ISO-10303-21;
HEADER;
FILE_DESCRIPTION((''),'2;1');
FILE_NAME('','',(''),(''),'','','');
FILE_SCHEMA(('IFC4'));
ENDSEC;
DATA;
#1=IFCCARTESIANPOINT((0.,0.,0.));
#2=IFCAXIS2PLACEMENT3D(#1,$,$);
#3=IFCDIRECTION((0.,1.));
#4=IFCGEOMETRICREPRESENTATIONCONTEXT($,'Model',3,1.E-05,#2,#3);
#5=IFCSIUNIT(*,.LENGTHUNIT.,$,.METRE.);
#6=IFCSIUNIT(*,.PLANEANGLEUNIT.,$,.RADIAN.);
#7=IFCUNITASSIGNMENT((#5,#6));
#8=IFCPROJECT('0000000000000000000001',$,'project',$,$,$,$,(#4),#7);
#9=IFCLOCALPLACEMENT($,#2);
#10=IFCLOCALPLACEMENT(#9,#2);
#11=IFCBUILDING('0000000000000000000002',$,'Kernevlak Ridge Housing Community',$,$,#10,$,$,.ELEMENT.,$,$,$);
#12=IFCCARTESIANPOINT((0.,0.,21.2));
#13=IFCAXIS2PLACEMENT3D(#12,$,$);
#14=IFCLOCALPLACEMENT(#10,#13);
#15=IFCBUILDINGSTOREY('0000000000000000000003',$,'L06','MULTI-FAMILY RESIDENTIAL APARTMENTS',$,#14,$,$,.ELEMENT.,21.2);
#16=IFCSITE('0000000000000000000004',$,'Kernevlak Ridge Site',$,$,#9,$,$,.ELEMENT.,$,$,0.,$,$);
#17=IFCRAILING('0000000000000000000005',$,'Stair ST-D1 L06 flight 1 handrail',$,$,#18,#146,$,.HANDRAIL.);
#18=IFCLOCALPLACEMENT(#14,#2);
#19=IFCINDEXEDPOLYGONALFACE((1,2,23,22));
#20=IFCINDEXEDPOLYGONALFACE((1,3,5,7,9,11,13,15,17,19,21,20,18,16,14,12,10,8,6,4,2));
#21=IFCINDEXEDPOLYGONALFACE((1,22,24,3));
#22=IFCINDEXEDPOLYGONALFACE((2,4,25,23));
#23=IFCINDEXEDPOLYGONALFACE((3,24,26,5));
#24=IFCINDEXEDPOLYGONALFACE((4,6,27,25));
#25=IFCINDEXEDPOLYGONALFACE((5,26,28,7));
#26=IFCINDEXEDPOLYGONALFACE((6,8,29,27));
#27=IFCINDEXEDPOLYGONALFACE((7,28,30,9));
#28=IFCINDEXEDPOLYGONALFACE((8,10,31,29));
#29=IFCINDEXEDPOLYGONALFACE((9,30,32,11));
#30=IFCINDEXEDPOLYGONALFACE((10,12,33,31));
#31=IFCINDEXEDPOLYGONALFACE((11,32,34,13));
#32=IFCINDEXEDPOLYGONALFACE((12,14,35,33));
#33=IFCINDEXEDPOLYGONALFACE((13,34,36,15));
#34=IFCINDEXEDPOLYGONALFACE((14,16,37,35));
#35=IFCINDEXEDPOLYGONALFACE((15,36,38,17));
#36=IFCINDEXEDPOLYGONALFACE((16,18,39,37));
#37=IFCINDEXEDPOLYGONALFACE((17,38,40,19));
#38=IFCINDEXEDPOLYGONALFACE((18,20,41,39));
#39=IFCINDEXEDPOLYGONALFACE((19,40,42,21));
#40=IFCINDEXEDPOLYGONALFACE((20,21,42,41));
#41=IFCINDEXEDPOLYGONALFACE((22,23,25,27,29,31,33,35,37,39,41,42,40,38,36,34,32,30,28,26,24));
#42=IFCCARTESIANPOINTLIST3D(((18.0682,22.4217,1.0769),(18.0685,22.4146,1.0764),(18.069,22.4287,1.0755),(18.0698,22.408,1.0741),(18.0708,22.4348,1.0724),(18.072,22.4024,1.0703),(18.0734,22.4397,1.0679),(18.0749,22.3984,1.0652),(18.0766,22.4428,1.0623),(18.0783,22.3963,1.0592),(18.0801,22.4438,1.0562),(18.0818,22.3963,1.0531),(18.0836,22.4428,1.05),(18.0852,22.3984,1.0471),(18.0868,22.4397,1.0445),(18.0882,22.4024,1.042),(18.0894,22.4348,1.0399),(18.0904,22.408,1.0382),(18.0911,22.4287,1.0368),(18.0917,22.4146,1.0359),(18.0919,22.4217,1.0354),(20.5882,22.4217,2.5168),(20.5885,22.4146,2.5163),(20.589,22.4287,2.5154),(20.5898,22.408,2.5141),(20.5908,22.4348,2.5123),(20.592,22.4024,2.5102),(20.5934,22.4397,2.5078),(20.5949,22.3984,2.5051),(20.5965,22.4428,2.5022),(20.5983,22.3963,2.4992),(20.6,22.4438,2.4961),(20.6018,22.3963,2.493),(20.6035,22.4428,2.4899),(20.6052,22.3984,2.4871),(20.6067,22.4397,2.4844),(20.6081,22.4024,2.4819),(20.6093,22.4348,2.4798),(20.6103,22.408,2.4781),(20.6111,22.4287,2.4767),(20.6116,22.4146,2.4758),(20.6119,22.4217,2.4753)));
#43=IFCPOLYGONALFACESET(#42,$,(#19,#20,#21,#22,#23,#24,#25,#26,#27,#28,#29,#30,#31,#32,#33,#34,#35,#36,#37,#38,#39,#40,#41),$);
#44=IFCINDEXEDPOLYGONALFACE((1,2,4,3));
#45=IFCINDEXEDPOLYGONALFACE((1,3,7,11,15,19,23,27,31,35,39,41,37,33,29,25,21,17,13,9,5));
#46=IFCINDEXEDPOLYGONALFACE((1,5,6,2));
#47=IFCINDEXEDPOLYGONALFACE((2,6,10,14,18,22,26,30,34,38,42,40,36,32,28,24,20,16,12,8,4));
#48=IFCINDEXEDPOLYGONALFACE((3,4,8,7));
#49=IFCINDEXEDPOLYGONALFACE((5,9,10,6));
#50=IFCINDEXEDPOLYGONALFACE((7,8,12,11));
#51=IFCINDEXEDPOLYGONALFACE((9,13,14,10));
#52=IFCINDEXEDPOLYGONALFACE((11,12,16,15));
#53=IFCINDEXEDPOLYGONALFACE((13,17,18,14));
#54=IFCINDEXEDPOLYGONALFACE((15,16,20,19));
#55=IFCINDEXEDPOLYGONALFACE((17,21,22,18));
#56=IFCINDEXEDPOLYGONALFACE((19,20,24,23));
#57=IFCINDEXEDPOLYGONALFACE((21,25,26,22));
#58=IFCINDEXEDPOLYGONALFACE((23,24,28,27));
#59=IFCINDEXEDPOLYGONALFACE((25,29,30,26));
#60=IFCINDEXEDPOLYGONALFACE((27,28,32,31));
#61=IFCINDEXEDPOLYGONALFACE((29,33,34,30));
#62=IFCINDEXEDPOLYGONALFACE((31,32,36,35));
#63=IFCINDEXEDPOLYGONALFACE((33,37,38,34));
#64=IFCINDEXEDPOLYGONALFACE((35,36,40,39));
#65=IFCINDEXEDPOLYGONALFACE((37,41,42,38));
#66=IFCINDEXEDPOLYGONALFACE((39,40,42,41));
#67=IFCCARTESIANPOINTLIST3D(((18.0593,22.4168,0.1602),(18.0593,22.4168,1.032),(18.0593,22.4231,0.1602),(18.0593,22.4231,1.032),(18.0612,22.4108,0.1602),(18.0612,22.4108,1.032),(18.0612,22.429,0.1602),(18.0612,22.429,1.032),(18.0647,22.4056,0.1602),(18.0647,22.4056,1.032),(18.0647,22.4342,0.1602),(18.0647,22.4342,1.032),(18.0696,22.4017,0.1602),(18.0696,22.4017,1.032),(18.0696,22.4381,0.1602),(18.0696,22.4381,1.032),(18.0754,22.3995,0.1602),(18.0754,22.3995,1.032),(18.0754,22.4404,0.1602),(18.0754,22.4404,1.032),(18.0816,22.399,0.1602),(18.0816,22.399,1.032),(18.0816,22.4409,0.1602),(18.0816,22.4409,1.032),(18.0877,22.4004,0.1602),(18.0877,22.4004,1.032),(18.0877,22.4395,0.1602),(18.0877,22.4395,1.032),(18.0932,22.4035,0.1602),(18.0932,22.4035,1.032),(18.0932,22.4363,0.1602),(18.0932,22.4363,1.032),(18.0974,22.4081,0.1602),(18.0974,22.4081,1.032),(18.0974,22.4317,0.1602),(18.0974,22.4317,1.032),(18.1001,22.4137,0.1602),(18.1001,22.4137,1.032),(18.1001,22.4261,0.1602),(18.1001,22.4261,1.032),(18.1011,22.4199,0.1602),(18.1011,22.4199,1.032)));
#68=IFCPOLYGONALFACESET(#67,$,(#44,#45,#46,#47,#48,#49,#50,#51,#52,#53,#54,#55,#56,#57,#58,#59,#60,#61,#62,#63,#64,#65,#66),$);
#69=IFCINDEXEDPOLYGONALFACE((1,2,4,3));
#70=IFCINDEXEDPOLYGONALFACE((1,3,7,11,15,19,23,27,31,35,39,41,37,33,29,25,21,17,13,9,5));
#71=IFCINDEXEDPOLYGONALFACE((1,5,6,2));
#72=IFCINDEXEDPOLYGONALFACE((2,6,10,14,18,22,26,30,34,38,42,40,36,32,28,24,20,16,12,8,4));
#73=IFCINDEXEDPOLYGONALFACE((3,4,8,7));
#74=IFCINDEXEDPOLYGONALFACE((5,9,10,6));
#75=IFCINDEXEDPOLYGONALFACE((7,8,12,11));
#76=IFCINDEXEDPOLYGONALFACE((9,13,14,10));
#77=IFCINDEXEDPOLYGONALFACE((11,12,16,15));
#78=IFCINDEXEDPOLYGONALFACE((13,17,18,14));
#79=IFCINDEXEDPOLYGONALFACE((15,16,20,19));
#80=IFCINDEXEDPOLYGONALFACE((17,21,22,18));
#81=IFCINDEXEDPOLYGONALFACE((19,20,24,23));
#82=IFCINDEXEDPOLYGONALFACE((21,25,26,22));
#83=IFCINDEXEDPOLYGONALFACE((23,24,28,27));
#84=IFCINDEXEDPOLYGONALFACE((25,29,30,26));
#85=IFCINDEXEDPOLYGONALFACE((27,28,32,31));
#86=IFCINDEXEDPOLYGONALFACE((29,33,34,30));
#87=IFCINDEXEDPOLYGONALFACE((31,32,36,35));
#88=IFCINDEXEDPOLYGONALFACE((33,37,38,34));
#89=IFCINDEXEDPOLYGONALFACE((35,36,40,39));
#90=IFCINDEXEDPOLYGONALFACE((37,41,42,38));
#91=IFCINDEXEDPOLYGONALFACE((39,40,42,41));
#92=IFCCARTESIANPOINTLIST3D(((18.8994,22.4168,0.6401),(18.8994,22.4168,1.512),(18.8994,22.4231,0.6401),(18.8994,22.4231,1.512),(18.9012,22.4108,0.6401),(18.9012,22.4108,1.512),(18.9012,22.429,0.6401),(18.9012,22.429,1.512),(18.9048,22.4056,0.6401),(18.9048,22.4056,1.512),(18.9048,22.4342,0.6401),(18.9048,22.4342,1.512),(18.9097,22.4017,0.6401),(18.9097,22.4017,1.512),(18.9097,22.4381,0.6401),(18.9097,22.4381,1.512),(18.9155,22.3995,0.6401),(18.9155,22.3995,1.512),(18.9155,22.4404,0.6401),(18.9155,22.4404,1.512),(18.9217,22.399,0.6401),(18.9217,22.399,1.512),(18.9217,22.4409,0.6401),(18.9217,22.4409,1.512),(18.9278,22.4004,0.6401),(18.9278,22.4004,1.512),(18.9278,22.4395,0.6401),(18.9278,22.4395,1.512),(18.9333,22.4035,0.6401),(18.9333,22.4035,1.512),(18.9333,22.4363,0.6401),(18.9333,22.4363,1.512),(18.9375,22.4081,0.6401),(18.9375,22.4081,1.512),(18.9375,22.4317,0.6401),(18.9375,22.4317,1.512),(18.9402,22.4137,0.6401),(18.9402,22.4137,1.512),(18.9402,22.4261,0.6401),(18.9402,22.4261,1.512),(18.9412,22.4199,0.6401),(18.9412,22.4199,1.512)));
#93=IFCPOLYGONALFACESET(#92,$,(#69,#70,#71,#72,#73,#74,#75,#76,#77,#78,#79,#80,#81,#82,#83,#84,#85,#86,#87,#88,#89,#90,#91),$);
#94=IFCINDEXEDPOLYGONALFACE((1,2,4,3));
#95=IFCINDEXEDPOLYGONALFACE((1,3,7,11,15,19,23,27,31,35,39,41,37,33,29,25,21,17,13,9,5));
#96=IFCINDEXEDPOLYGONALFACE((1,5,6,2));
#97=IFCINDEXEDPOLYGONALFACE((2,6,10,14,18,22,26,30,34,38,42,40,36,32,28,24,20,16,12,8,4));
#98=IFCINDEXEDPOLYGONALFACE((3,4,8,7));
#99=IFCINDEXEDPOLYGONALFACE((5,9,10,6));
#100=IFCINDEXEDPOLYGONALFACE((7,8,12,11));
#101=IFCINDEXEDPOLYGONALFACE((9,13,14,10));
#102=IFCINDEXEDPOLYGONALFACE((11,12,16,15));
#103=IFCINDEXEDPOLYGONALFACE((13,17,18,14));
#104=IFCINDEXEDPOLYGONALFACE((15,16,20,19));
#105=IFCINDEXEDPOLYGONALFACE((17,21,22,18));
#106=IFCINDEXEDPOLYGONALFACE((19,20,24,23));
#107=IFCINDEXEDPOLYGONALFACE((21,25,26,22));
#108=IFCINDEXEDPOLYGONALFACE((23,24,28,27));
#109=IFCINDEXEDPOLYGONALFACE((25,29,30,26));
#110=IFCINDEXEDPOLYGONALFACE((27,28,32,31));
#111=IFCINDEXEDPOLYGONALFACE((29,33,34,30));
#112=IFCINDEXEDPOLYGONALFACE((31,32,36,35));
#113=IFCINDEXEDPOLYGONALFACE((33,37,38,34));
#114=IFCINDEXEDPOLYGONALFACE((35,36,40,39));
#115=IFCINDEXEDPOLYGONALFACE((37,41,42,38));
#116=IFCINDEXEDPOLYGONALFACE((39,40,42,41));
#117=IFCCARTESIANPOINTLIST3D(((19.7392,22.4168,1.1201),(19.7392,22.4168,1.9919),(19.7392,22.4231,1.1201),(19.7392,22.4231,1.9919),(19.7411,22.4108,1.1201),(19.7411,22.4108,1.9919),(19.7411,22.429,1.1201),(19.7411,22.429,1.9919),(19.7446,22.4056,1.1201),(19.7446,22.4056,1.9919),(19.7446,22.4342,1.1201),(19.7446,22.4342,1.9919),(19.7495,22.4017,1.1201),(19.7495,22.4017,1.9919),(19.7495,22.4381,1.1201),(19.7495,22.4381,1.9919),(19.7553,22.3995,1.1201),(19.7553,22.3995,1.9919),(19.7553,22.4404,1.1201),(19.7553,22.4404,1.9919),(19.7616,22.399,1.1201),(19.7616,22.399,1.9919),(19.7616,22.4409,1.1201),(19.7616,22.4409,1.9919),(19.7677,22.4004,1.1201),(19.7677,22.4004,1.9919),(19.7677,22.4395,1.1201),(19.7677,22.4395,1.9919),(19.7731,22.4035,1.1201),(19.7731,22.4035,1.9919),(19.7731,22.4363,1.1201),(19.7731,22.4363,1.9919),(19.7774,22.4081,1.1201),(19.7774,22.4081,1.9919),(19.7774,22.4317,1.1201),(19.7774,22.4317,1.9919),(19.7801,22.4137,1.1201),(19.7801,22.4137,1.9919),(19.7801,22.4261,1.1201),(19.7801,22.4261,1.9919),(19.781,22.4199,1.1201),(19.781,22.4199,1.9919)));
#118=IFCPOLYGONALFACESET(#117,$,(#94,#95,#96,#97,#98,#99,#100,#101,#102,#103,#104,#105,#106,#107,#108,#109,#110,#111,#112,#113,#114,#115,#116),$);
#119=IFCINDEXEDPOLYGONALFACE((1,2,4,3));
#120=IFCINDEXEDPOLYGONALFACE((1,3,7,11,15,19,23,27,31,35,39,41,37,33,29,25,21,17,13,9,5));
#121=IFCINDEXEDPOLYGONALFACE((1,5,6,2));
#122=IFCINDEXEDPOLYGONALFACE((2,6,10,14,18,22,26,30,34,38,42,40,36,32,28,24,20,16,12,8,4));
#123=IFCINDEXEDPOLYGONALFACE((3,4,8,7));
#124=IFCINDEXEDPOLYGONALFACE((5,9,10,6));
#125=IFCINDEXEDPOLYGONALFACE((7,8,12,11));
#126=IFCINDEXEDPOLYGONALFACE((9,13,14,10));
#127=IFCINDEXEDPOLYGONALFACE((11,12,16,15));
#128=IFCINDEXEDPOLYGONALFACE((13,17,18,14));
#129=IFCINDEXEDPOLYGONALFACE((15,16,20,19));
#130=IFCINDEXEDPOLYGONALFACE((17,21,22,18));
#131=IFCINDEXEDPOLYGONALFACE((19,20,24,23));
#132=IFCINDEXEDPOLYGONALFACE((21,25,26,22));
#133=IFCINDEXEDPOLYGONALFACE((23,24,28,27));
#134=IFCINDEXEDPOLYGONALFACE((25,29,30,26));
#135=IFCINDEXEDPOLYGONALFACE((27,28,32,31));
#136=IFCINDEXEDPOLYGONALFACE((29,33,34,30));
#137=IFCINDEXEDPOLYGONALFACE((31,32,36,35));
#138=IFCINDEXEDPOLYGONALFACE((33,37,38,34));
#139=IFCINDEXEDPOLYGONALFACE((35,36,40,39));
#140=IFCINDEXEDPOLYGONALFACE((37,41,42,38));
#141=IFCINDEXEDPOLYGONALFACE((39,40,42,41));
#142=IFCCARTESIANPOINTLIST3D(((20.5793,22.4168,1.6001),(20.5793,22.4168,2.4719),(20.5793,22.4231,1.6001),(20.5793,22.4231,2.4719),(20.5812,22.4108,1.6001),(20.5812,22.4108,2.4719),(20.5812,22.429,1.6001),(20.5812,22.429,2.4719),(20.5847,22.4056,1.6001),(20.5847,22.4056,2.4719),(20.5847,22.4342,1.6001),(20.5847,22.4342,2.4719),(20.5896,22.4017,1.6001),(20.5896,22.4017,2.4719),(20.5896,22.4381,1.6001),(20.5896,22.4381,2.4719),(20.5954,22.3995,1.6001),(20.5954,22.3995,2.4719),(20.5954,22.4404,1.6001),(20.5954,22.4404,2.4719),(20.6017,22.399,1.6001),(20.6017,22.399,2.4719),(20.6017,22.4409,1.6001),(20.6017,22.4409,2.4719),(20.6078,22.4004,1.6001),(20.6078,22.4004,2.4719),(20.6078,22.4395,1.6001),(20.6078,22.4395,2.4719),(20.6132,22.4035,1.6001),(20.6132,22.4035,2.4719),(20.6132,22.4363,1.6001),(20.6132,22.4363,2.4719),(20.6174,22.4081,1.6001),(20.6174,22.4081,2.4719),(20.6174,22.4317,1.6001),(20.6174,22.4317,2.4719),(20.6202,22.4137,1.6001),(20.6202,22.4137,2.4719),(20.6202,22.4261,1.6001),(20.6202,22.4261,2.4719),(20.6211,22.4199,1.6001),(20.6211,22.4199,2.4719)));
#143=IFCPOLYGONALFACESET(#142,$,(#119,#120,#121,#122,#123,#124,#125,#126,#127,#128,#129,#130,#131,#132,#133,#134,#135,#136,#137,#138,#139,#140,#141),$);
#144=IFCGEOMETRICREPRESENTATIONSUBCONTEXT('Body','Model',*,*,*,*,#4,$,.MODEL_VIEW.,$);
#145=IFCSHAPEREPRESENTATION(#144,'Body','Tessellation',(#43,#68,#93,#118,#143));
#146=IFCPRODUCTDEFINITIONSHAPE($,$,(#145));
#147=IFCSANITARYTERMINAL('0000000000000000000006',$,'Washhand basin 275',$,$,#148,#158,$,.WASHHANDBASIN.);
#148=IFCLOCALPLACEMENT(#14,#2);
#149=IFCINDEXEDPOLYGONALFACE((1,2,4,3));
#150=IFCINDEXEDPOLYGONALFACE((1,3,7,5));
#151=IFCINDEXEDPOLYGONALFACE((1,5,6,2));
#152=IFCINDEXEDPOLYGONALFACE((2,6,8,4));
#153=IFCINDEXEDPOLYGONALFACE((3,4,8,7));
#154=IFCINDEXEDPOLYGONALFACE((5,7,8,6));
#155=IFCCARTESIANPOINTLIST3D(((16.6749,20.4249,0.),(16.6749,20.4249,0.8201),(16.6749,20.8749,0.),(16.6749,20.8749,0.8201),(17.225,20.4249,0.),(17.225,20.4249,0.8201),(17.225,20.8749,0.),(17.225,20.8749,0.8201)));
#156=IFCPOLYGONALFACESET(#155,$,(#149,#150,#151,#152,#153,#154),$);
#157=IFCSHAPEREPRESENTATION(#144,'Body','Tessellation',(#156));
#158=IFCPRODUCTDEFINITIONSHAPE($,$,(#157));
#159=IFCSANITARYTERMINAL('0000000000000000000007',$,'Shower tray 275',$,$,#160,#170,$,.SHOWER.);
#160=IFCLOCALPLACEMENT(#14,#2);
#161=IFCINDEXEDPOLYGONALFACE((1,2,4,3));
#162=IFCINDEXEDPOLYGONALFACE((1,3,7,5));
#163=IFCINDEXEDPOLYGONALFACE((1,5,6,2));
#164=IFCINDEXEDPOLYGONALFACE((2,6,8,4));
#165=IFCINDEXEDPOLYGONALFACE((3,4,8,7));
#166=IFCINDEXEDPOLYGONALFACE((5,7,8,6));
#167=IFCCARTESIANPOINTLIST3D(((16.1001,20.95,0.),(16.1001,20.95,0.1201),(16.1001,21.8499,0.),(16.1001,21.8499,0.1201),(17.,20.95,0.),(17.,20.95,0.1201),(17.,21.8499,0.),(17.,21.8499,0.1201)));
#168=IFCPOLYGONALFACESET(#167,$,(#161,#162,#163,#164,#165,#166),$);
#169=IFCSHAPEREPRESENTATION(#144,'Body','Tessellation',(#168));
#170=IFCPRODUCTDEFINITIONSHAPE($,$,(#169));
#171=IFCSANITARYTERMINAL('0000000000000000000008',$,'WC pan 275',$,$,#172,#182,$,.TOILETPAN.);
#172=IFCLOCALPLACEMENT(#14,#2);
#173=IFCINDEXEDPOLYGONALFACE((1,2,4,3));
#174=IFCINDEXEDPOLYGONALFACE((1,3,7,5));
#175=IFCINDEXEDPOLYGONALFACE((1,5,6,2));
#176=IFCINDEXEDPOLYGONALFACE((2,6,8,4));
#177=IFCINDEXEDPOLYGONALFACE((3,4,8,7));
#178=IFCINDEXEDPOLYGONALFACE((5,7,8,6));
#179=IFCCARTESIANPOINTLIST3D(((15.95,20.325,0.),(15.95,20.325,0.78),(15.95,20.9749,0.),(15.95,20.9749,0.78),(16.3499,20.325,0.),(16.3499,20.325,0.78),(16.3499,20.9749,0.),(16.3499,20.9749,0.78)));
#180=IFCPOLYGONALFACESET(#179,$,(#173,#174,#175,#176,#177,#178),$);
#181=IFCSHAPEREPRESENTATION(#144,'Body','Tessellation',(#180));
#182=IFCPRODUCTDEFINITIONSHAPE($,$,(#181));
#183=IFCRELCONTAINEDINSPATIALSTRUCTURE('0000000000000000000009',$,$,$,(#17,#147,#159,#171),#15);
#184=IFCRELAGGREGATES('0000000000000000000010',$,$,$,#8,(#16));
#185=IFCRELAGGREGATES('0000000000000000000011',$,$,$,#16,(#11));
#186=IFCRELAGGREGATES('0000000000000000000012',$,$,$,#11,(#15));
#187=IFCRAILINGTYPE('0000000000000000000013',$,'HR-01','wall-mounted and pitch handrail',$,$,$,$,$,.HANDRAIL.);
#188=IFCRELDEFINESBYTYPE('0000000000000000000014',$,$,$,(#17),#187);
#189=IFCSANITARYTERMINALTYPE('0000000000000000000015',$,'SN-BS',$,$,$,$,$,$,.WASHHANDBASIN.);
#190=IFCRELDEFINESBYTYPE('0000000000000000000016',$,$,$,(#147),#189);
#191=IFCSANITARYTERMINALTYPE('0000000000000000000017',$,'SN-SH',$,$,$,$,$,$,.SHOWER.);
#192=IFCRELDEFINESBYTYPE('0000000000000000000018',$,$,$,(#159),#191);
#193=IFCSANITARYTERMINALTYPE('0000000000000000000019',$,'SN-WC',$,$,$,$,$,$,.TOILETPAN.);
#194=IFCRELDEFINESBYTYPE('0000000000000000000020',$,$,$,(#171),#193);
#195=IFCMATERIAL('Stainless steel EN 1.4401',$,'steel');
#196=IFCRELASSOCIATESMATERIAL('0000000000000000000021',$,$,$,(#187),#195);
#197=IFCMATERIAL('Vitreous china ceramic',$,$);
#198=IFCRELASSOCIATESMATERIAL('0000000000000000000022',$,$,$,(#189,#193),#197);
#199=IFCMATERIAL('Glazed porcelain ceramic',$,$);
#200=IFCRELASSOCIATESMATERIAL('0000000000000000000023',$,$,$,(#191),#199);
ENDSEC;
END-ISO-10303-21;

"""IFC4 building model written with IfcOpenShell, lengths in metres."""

from ifc_helpers import new_model, si_unit, direction, frame, origin, origin_2d, place, context, subcontext, project, spatial, rectangle, circle, extrude, material, type_object, element, save


model = new_model("IFC4")

# Units and contexts
model_context = context("Model", 3, precision=1e-05, world=origin(), true_north=direction((0.0, 1.0)))
body_context = subcontext(model_context, "Body", "Model", "MODEL_VIEW")
ifc_project = project(units=[si_unit("LENGTHUNIT", "METRE"), si_unit("PLANEANGLEUNIT", "RADIAN")], contexts=[model_context])

# Site, building, storey
site_placement = place(None, origin())
site = spatial("IfcSite", under=ifc_project, at=site_placement, Name="Kernevlak Ridge Site", CompositionType="ELEMENT", RefElevation=0.0)
building_placement = place(site_placement, origin())
building = spatial("IfcBuilding", under=site, at=building_placement, Name="Kernevlak Ridge Housing Community", CompositionType="ELEMENT")
storey_placement = place(building_placement, frame((0.0, 0.0, 21.2)))
storey = spatial("IfcBuildingStorey", under=building, at=storey_placement, Name="L06", Description="MULTI-FAMILY RESIDENTIAL APARTMENTS", CompositionType="ELEMENT", Elevation=21.2)

# Railing
ifc_material_1 = material(Name="Stainless steel EN 1.4401", Category="steel")
railing_type_1 = type_object("IfcRailingType", Name="HR-01", Description="wall-mounted and pitch handrail", PredefinedType="HANDRAIL", material=ifc_material_1)
railing_1_placement = place(storey_placement, frame((18.0801, 22.4199, 0.1602)))
element("IfcRailing", 1, at=railing_1_placement, inside=storey, type_object=railing_type_1, Name="Stair ST-D1 L06 flight 1 handrail", PredefinedType="HANDRAIL", context=body_context, shape_type="SweptSolid", body=[
    extrude(circle(Radius=0.0239, at=origin_2d()), frame((0.0, 0.0, 0.896), z_axis=(0.868253, 0.0, 0.496121), x_axis=(0.0, 1.0, 0.0)), (0.0, 0.0, 1.0), 2.9023),
    extrude(circle(Radius=0.021, at=origin_2d()), origin(), (0.0, 0.0, 1.0), 0.8718),
    extrude(circle(Radius=0.021, at=origin_2d()), frame((0.8401, 0.0, 0.48)), (0.0, 0.0, 1.0), 0.8718),
    extrude(circle(Radius=0.021, at=origin_2d()), frame((1.6799, 0.0, 0.96)), (0.0, 0.0, 1.0), 0.8718),
    extrude(circle(Radius=0.021, at=origin_2d()), frame((2.52, 0.0, 1.4399)), (0.0, 0.0, 1.0), 0.8718),
])

# Sanitary terminals
ifc_material_2 = material(Name="Vitreous china ceramic")
sanitary_terminal_type_1 = type_object("IfcSanitaryTerminalType", Name="SN-BS", PredefinedType="WASHHANDBASIN", material=ifc_material_2)
sanitary_terminal_1_placement = place(storey_placement, frame((16.95, 20.6499, 0.0), z_axis=(0.0, 0.0, 1.0), x_axis=(1.0, 0.0, 0.0)))
element("IfcSanitaryTerminal", 2, at=sanitary_terminal_1_placement, inside=storey, type_object=sanitary_terminal_type_1, Name="Washhand basin 275", PredefinedType="WASHHANDBASIN", context=body_context, shape_type="SweptSolid", body=[
    extrude(rectangle(XDim=0.55, YDim=0.45, at=origin_2d()), origin(), (0.0, 0.0, 1.0), 0.8201),
])
ifc_material_3 = material(Name="Glazed porcelain ceramic")
sanitary_terminal_type_2 = type_object("IfcSanitaryTerminalType", Name="SN-SH", PredefinedType="SHOWER", material=ifc_material_3)
sanitary_terminal_2_placement = place(storey_placement, frame((16.55, 21.3999, 0.0), z_axis=(0.0, 0.0, 1.0), x_axis=(1.0, 0.0, 0.0)))
element("IfcSanitaryTerminal", 3, at=sanitary_terminal_2_placement, inside=storey, type_object=sanitary_terminal_type_2, Name="Shower tray 275", PredefinedType="SHOWER", context=body_context, shape_type="SweptSolid", body=[
    extrude(rectangle(XDim=0.8999, YDim=0.8999, at=origin_2d()), origin(), (0.0, 0.0, 1.0), 0.1201),
])
sanitary_terminal_type_3 = type_object("IfcSanitaryTerminalType", Name="SN-WC", PredefinedType="TOILETPAN", material=ifc_material_2)
sanitary_terminal_3_placement = place(storey_placement, frame((16.1499, 20.6499, 0.0), z_axis=(0.0, 0.0, 1.0), x_axis=(1.0, 0.0, 0.0)))
element("IfcSanitaryTerminal", 4, at=sanitary_terminal_3_placement, inside=storey, type_object=sanitary_terminal_type_3, Name="WC pan 275", PredefinedType="TOILETPAN", context=body_context, shape_type="SweptSolid", body=[
    extrude(rectangle(XDim=0.3999, YDim=0.6499, at=origin_2d()), origin(), (0.0, 0.0, 1.0), 0.78),
])

save(model, "model.ifc")
